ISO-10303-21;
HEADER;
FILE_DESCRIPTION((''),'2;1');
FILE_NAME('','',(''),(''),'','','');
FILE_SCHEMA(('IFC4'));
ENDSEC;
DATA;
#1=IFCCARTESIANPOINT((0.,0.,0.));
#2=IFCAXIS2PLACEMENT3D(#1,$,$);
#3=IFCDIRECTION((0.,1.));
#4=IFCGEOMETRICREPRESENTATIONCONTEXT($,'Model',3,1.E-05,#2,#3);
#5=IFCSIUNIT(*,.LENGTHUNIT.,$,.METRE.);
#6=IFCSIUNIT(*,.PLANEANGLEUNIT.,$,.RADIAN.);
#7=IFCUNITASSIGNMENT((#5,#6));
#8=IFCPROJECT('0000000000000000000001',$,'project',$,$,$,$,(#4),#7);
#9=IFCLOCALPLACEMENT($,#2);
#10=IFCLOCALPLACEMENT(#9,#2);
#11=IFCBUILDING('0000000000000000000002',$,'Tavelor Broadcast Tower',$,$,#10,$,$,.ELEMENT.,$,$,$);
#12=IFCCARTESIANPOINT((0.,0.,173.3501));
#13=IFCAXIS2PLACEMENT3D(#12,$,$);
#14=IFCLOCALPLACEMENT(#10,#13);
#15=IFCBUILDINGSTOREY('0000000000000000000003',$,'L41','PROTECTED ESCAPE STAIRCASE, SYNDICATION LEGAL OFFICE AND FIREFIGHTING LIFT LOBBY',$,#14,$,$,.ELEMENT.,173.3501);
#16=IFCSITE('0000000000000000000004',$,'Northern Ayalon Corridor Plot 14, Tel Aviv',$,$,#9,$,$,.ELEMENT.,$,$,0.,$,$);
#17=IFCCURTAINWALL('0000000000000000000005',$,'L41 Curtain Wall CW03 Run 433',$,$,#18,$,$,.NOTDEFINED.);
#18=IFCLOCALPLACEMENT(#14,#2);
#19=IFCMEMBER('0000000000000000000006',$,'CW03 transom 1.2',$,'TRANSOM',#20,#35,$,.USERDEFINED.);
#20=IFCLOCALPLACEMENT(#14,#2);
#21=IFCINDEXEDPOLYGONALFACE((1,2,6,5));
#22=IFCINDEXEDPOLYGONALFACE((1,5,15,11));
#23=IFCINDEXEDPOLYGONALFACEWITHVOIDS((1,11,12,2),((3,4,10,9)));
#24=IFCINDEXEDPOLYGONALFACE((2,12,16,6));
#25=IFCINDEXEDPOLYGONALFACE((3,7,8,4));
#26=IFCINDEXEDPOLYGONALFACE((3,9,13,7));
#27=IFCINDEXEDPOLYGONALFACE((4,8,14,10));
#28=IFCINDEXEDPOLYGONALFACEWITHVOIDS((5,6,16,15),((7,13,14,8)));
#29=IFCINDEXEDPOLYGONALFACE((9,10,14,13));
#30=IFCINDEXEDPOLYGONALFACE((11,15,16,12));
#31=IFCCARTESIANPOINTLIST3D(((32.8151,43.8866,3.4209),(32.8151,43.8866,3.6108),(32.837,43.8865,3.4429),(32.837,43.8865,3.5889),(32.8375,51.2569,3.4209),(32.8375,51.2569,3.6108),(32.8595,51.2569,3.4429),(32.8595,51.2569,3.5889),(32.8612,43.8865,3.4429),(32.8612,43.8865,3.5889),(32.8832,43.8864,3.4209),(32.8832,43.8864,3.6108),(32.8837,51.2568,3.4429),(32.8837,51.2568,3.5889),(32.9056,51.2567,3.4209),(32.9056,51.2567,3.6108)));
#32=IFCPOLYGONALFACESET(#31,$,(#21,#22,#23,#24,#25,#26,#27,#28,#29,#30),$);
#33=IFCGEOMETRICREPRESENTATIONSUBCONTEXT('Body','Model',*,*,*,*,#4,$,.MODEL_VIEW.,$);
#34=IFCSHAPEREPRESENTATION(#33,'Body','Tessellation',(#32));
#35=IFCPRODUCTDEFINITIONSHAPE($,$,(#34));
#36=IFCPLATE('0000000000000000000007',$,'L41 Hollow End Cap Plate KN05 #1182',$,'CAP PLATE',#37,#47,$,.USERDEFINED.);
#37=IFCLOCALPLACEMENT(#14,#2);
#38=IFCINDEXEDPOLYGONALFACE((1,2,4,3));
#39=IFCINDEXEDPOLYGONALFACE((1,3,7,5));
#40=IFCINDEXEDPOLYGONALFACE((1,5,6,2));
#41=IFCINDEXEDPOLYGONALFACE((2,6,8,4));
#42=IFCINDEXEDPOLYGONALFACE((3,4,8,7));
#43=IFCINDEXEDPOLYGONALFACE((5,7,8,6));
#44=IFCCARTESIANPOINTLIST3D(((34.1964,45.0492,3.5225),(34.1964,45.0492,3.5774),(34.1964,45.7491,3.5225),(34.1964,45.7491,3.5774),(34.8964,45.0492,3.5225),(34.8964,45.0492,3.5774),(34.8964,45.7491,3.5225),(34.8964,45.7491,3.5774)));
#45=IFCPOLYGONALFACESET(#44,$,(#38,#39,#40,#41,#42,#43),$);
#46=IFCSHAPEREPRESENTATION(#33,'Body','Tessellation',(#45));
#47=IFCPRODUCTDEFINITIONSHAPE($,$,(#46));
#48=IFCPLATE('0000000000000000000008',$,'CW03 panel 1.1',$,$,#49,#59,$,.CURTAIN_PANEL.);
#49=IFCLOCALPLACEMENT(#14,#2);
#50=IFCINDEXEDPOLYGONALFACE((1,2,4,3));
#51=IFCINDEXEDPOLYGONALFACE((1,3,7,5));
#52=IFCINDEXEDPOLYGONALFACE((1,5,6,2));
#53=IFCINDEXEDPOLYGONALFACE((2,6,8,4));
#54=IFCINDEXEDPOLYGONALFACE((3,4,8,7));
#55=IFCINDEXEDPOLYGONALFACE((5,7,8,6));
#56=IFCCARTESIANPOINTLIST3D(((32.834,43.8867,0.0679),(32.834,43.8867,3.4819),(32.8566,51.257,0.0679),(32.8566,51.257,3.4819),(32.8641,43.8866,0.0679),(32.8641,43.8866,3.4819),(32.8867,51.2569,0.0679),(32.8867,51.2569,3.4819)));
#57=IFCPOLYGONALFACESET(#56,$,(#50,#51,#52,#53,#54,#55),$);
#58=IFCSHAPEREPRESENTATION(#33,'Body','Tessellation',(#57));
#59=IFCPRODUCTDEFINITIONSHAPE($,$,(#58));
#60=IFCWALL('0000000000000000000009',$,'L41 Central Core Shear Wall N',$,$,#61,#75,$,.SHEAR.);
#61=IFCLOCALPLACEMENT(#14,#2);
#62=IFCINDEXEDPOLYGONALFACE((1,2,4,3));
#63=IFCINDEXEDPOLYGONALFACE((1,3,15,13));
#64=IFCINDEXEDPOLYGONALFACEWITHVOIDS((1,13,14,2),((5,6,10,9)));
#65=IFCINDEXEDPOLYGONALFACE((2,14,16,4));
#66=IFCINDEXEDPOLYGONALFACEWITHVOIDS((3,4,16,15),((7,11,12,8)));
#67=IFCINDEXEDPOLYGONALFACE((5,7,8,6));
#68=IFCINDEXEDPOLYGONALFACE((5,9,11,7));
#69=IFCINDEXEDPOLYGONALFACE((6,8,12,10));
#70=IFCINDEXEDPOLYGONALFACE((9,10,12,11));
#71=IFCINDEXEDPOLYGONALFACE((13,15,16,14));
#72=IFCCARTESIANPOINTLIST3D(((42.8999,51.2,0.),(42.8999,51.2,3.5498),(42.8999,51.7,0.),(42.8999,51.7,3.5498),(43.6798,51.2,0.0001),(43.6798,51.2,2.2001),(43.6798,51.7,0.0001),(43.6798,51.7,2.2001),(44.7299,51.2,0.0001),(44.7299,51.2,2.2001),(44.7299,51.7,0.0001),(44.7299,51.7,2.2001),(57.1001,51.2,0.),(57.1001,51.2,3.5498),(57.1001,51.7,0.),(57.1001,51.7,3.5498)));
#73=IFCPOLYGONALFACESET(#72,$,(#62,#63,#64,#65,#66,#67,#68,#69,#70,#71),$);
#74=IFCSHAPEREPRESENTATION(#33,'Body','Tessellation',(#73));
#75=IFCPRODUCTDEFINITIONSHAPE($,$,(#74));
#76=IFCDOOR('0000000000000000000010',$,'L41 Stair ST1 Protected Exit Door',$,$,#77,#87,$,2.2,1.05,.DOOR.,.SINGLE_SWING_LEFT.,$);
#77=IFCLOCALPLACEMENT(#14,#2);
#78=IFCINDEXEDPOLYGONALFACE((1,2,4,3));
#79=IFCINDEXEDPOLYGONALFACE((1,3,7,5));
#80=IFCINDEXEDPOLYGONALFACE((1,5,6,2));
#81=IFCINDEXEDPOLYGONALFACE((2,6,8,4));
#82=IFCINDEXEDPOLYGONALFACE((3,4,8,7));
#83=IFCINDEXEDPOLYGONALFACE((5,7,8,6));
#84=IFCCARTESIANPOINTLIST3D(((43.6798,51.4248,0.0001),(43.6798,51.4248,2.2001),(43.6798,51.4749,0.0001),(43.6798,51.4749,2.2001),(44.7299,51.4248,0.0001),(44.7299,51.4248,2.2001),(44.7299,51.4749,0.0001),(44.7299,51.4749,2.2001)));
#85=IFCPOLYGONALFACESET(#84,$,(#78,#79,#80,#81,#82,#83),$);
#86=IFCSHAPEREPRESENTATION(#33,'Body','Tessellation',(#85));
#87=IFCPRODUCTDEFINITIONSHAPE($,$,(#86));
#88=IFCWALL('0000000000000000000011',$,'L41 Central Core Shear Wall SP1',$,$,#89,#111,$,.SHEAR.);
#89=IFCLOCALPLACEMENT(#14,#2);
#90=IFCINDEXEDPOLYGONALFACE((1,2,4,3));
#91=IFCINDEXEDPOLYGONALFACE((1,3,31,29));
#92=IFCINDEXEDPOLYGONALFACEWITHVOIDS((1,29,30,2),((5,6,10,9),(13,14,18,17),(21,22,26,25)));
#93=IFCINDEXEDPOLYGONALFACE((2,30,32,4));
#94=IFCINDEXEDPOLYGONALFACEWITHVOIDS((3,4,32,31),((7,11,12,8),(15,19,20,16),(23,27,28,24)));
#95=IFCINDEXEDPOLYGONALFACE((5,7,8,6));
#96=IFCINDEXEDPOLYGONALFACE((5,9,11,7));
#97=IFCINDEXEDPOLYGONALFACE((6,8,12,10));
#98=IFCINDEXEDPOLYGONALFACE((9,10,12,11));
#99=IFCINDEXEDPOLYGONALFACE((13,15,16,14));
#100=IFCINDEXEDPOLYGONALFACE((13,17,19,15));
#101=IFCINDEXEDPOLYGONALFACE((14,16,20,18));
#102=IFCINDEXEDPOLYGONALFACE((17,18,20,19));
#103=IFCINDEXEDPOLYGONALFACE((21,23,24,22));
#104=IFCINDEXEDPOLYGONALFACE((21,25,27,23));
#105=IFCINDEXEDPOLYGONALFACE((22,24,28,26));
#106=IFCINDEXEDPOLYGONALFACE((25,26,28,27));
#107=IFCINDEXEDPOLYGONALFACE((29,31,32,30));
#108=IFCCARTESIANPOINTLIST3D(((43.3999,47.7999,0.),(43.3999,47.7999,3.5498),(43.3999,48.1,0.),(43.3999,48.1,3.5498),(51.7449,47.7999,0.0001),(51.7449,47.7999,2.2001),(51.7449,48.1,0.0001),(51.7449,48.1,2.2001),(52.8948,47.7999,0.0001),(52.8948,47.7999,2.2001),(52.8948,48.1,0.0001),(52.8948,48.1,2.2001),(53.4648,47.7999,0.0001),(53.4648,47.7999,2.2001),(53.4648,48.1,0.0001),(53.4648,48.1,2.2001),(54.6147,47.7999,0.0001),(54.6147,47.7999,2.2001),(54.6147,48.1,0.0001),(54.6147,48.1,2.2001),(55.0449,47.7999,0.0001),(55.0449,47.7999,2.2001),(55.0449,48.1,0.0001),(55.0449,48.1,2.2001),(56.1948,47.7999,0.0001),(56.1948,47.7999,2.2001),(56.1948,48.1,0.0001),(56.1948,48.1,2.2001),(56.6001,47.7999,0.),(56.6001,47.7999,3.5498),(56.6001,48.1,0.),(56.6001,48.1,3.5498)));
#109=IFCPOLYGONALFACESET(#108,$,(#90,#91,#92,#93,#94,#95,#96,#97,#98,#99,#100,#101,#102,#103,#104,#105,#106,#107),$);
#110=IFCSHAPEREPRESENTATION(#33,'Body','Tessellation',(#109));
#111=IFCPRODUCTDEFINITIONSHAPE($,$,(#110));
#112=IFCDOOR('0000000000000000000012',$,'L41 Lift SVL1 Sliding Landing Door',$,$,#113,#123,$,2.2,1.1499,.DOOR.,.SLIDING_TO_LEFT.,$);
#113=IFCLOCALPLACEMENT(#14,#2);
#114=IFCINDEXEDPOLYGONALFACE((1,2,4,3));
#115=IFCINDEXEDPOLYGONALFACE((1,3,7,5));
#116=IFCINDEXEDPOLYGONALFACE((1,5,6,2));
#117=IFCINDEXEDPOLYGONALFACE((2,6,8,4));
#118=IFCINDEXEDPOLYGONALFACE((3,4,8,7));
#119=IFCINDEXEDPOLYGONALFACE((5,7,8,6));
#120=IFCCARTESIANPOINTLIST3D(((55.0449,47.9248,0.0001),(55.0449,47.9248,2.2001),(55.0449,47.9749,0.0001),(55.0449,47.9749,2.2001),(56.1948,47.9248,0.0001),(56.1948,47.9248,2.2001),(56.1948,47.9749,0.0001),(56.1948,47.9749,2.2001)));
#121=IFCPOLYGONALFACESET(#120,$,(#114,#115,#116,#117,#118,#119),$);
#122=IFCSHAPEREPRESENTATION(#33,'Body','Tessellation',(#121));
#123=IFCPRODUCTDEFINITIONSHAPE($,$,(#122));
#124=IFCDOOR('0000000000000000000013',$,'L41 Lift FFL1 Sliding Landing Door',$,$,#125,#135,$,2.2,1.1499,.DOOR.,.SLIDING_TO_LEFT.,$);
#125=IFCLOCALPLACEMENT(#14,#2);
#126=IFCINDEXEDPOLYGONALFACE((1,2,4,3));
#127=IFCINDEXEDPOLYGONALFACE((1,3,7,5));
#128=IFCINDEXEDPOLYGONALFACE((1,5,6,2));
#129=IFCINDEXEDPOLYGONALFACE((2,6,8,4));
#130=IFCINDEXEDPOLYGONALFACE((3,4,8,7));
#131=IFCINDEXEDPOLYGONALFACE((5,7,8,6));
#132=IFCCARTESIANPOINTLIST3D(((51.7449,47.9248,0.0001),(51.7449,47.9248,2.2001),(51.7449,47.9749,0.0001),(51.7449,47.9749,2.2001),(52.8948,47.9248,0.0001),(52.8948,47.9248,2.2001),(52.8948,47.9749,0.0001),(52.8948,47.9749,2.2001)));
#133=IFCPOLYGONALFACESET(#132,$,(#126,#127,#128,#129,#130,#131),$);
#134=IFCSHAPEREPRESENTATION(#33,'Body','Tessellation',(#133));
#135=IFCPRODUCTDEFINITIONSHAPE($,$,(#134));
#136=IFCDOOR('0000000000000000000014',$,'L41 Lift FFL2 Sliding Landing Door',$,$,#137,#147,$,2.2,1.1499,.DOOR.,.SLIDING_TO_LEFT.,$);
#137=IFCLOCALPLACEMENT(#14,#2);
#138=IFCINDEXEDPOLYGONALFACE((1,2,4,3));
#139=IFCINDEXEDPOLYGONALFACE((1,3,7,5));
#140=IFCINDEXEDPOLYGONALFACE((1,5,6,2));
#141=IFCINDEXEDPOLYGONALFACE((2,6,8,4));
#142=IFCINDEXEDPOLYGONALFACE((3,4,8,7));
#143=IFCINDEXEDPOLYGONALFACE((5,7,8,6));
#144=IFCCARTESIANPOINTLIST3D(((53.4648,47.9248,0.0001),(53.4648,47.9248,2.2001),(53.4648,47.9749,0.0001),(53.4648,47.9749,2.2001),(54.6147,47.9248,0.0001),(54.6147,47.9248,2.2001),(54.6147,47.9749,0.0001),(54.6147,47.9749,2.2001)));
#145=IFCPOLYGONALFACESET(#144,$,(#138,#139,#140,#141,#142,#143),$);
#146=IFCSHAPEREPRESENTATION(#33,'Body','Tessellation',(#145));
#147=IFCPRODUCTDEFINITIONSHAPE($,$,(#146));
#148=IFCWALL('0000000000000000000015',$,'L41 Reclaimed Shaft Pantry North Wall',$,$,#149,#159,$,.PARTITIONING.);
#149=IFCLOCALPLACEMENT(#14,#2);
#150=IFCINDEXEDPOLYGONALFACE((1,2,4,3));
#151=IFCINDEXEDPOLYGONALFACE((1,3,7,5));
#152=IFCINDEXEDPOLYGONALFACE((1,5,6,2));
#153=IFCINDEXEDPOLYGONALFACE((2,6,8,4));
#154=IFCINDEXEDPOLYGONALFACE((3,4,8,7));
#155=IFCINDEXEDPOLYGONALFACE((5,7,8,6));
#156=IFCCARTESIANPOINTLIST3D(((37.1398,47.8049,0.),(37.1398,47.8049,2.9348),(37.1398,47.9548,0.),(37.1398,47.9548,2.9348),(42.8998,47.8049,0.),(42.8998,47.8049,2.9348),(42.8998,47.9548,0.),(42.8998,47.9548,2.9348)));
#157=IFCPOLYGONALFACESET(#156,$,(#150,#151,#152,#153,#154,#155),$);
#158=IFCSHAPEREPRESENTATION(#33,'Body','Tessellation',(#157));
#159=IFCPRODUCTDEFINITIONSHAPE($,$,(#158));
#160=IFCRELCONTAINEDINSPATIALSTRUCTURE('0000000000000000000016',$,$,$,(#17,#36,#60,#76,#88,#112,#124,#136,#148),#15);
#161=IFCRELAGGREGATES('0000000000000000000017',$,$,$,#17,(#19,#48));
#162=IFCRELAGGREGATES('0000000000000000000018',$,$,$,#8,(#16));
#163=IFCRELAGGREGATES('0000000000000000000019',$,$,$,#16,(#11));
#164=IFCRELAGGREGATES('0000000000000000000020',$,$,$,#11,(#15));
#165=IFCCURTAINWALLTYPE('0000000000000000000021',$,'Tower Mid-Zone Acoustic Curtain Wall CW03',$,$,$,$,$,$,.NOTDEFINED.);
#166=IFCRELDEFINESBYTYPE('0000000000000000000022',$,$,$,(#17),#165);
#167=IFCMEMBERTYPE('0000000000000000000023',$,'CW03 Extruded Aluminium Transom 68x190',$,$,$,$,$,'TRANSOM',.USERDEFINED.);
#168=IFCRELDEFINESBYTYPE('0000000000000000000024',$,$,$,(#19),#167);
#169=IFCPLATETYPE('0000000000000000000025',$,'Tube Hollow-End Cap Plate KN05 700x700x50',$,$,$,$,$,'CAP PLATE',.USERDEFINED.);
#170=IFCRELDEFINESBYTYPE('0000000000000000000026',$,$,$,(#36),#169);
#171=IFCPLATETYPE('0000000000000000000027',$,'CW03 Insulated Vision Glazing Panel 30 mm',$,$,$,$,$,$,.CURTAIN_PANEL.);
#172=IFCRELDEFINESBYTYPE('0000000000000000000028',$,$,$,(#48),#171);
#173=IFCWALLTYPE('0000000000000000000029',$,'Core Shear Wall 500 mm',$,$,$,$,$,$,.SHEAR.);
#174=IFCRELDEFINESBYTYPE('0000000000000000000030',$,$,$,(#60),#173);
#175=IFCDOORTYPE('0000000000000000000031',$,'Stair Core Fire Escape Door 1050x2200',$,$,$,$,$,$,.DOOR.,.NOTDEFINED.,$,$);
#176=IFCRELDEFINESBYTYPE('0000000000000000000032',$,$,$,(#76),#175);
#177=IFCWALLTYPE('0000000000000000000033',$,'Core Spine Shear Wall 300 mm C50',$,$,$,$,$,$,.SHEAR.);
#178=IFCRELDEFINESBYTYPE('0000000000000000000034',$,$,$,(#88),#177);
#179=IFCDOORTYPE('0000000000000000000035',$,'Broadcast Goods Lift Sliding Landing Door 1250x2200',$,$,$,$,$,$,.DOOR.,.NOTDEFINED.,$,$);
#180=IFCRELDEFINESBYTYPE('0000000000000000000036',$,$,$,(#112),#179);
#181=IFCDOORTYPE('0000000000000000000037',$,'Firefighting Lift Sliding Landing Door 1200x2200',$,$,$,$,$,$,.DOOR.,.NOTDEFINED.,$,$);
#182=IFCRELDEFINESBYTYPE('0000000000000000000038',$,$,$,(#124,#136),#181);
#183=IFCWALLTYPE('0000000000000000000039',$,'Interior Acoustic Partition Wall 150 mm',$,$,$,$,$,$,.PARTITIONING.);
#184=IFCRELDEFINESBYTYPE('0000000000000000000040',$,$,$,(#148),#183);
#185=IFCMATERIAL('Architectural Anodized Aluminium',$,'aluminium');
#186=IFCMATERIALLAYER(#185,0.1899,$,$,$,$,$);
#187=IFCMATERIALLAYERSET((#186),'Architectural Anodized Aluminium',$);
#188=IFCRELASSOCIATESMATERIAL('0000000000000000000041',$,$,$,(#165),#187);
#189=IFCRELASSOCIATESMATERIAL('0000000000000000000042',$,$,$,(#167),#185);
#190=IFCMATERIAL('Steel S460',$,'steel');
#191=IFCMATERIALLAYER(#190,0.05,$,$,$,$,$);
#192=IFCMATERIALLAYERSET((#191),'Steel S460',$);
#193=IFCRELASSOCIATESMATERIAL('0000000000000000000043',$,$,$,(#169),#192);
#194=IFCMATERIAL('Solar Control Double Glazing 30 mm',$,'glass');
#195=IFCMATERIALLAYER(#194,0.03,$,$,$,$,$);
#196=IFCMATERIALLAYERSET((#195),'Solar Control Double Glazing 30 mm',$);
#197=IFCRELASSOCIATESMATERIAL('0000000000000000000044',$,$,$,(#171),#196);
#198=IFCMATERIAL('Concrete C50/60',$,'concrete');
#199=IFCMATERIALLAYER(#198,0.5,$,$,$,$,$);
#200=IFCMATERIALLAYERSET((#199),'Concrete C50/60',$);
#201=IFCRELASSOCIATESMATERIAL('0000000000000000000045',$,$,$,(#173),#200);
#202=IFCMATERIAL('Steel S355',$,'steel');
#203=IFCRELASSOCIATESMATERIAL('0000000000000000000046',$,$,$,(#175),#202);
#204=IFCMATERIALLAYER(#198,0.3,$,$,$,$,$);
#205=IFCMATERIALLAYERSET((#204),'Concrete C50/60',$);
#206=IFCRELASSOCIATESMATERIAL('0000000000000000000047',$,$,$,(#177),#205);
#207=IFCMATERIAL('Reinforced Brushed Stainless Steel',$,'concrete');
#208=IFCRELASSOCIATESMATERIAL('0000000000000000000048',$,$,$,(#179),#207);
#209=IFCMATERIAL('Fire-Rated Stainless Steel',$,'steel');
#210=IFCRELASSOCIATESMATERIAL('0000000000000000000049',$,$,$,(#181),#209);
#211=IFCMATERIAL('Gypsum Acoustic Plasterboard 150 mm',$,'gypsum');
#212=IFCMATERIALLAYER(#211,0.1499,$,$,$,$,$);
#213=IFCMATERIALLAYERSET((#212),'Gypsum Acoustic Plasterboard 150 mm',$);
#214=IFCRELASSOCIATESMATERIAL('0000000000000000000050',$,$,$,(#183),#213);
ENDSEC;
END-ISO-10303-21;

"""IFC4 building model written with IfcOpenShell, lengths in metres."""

from ifc_helpers import new_model, si_unit, direction, frame, frame_2d, origin, origin_2d, place, context, subcontext, project, spatial, rectangle, hollow_rectangle, extrude, source, transform, mapped, material, layer, layer_set, material_profile, profile_set, type_object, type_shapes, element, fill, aggregate, save


model = new_model("IFC4")

# Units and contexts
model_context = context("Model", 3, precision=1e-05, world=origin(), true_north=direction((0.0, 1.0)))
body_context = subcontext(model_context, "Body", "Model", "MODEL_VIEW")
ifc_project = project(units=[si_unit("LENGTHUNIT", "METRE"), si_unit("PLANEANGLEUNIT", "RADIAN")], contexts=[model_context])

# Site, building, storey
site_placement = place(None, origin())
site = spatial("IfcSite", under=ifc_project, at=site_placement, Name="Northern Ayalon Corridor Plot 14, Tel Aviv", CompositionType="ELEMENT", RefElevation=0.0)
building_placement = place(site_placement, origin())
building = spatial("IfcBuilding", under=site, at=building_placement, Name="Tavelor Broadcast Tower", CompositionType="ELEMENT")
storey_placement = place(building_placement, frame((0.0, 0.0, 173.3501)))
storey = spatial("IfcBuildingStorey", under=building, at=storey_placement, Name="L41", Description="PROTECTED ESCAPE STAIRCASE, SYNDICATION LEGAL OFFICE AND FIREFIGHTING LIFT LOBBY", CompositionType="ELEMENT", Elevation=173.3501)

# Shared definitions
ifc_material_1 = material(Name="Concrete C50/60", Category="concrete")
ifc_material_2 = material(Name="Steel S460", Category="steel")

# Shared definitions
ifc_material_3 = material(Name="Steel S355", Category="steel")

# Curtain wall, member
ifc_material_4 = material(Name="Architectural Anodized Aluminium", Category="aluminium")
ifc_layer_1 = layer(ifc_material_4, 0.1899)
ifc_layer_set_1 = layer_set([ifc_layer_1], Name="Architectural Anodized Aluminium")
curtain_wall_type = type_object("IfcCurtainWallType", Name="Tower Mid-Zone Acoustic Curtain Wall CW03", PredefinedType="NOTDEFINED", material=ifc_layer_set_1)
curtain_wall_placement = place(storey_placement, origin())
curtain_wall = element("IfcCurtainWall", 1, at=curtain_wall_placement, inside=storey, type_object=curtain_wall_type, Name="L41 Curtain Wall CW03 Run 433", PredefinedType="NOTDEFINED")
ifc_material_profile_1 = material_profile(ifc_material_4, hollow_rectangle(XDim=0.0681, YDim=0.1899, WallThickness=0.022, at=origin_2d()), Name="RHS 68x190x22")
ifc_profile_set_1 = profile_set([ifc_material_profile_1], Name="Architectural Anodized Aluminium")
member_type_1 = type_object("IfcMemberType", Name="CW03 Extruded Aluminium Transom 68x190", ElementType="TRANSOM", PredefinedType="USERDEFINED", material=ifc_profile_set_1)
shared_shape_1 = source(origin(), body_context, "Body", "SweptSolid", [
    extrude(hollow_rectangle(XDim=0.0681, YDim=0.1899, WallThickness=0.022, at=origin_2d()), origin(), (0.0, 0.0, 1.0), 7.3704),
])
type_shapes(member_type_1, [shared_shape_1])
member_1_placement = place(storey_placement, frame((32.8716, 51.2568, 3.5159), z_axis=(-0.003047, -0.999995, 0.0), x_axis=(0.999995, -0.003047, 0.0)))
member_1 = element("IfcMember", 2, at=member_1_placement, type_object=member_type_1, Name="CW03 transom 1.2", ObjectType="TRANSOM", PredefinedType="USERDEFINED", context=body_context, shape_type="MappedRepresentation", body=[
    mapped(shared_shape_1, transform((0.0, 0.0, 0.0), scale=1.0)),
])

# Plates
ifc_layer_2 = layer(ifc_material_2, 0.05)
ifc_layer_set_2 = layer_set([ifc_layer_2], Name="Steel S460")
plate_type_1 = type_object("IfcPlateType", Name="Tube Hollow-End Cap Plate KN05 700x700x50", ElementType="CAP PLATE", PredefinedType="USERDEFINED", material=ifc_layer_set_2)
shared_shape_2 = source(origin(), body_context, "Body", "SweptSolid", [
    extrude(rectangle(XDim=0.7, YDim=0.7, at=origin_2d()), origin(), (0.0, 0.0, 1.0), 0.0549),
])
type_shapes(plate_type_1, [shared_shape_2])
plate_1_placement = place(storey_placement, frame((34.5464, 45.3992, 3.5225), z_axis=(0.0, 0.0, 1.0), x_axis=(1.0, 0.0, 0.0)))
element("IfcPlate", 3, at=plate_1_placement, inside=storey, type_object=plate_type_1, Name="L41 Hollow End Cap Plate KN05 #1182", ObjectType="CAP PLATE", PredefinedType="USERDEFINED", context=body_context, shape_type="MappedRepresentation", body=[
    mapped(shared_shape_2, transform((0.0, 0.0, 0.0), scale=1.0)),
])
ifc_material_5 = material(Name="Solar Control Double Glazing 30 mm", Category="glass")
ifc_layer_3 = layer(ifc_material_5, 0.03)
ifc_layer_set_3 = layer_set([ifc_layer_3], Name="Solar Control Double Glazing 30 mm")
plate_type_2 = type_object("IfcPlateType", Name="CW03 Insulated Vision Glazing Panel 30 mm", PredefinedType="CURTAIN_PANEL", material=ifc_layer_set_3)
shared_shape_3 = source(origin(), body_context, "Body", "SweptSolid", [
    extrude(rectangle(XDim=7.3704, YDim=0.03, at=origin_2d()), origin(), (0.0, 0.0, 1.0), 3.4141),
])
type_shapes(plate_type_2, [shared_shape_3])
plate_2_placement = place(storey_placement, frame((32.8604, 47.5718, 0.0679), z_axis=(0.0, 0.0, 1.0), x_axis=(-0.003064, -0.999995, 0.0)))
plate_2 = element("IfcPlate", 4, at=plate_2_placement, type_object=plate_type_2, Name="CW03 panel 1.1", PredefinedType="CURTAIN_PANEL", context=body_context, shape_type="MappedRepresentation", body=[
    mapped(shared_shape_3, transform((0.0, 0.0, 0.0), scale=1.0)),
])
aggregate(curtain_wall, [member_1, plate_2])

# Wall, opening, door
ifc_layer_4 = layer(ifc_material_1, 0.5)
ifc_layer_set_4 = layer_set([ifc_layer_4], Name="Concrete C50/60")
wall_type_1 = type_object("IfcWallType", Name="Core Shear Wall 500 mm", PredefinedType="SHEAR", material=ifc_layer_set_4)
wall_1_placement = place(storey_placement, frame((42.8999, 51.45, 0.0), z_axis=(0.0, 0.0, 1.0), x_axis=(1.0, 0.0, 0.0)))
wall_1 = element("IfcWall", 5, at=wall_1_placement, inside=storey, type_object=wall_type_1, Name="L41 Central Core Shear Wall N", PredefinedType="SHEAR", context=body_context, shape_type="SweptSolid", body=[
    extrude(rectangle(XDim=14.2002, YDim=0.5, at=frame_2d((7.1001, 0.0))), origin(), (0.0, 0.0, 1.0), 3.5498),
])
opening_1_placement = place(wall_1_placement, frame((0.78, 0.0, 0.0)))
opening_1 = element("IfcOpeningElement", 6, at=opening_1_placement, cuts=wall_1, PredefinedType="OPENING", context=body_context, shape_type="SweptSolid", body=[
    extrude(rectangle(XDim=1.05, YDim=2.2, at=frame_2d((0.5249, 1.1001))), frame((0.0, 0.26, 0.0), z_axis=(0.0, -1.0, 0.0), x_axis=(1.0, 0.0, 0.0)), (0.0, 0.0, 1.0), 0.52),
])
door_type_1 = type_object("IfcDoorType", Name="Stair Core Fire Escape Door 1050x2200", OperationType="NOTDEFINED", PredefinedType="DOOR", material=ifc_material_3)
door_1_placement = place(opening_1_placement, origin())
door_1 = element("IfcDoor", 7, at=door_1_placement, inside=storey, type_object=door_type_1, Name="L41 Stair ST1 Protected Exit Door", OperationType="SINGLE_SWING_LEFT", OverallHeight=2.2, OverallWidth=1.05, PredefinedType="DOOR", context=body_context, shape_type="SweptSolid", body=[
    extrude(rectangle(XDim=1.05, YDim=2.2, at=frame_2d((0.5249, 1.1001))), frame((0.0, 0.0249, 0.0), z_axis=(0.0, -1.0, 0.0), x_axis=(1.0, 0.0, 0.0)), (0.0, 0.0, 1.0), 0.05),
])
fill(opening_1, door_1)

# Wall, openings, doors
ifc_layer_5 = layer(ifc_material_1, 0.3)
ifc_layer_set_5 = layer_set([ifc_layer_5], Name="Concrete C50/60")
wall_type_2 = type_object("IfcWallType", Name="Core Spine Shear Wall 300 mm C50", PredefinedType="SHEAR", material=ifc_layer_set_5)
wall_2_placement = place(storey_placement, frame((43.3999, 47.95, 0.0), z_axis=(0.0, 0.0, 1.0), x_axis=(1.0, 0.0, 0.0)))
wall_2 = element("IfcWall", 8, at=wall_2_placement, inside=storey, type_object=wall_type_2, Name="L41 Central Core Shear Wall SP1", PredefinedType="SHEAR", context=body_context, shape_type="SweptSolid", body=[
    extrude(rectangle(XDim=13.2002, YDim=0.3, at=frame_2d((6.6001, 0.0))), origin(), (0.0, 0.0, 1.0), 3.5498),
])
opening_2_placement = place(wall_2_placement, frame((8.345, 0.0, 0.0)))
opening_2 = element("IfcOpeningElement", 9, at=opening_2_placement, cuts=wall_2, PredefinedType="OPENING", context=body_context, shape_type="SweptSolid", body=[
    extrude(rectangle(XDim=1.1499, YDim=2.2, at=frame_2d((0.575, 1.1001))), frame((0.0, 0.1602, 0.0), z_axis=(0.0, -1.0, 0.0), x_axis=(1.0, 0.0, 0.0)), (0.0, 0.0, 1.0), 0.3201),
])
opening_3_placement = place(wall_2_placement, frame((10.0649, 0.0, 0.0)))
opening_3 = element("IfcOpeningElement", 10, at=opening_3_placement, cuts=wall_2, PredefinedType="OPENING", context=body_context, shape_type="SweptSolid", body=[
    extrude(rectangle(XDim=1.1499, YDim=2.2, at=frame_2d((0.575, 1.1001))), frame((0.0, 0.1602, 0.0), z_axis=(0.0, -1.0, 0.0), x_axis=(1.0, 0.0, 0.0)), (0.0, 0.0, 1.0), 0.3201),
])
opening_4_placement = place(wall_2_placement, frame((11.645, 0.0, 0.0)))
opening_4 = element("IfcOpeningElement", 11, at=opening_4_placement, cuts=wall_2, PredefinedType="OPENING", context=body_context, shape_type="SweptSolid", body=[
    extrude(rectangle(XDim=1.1499, YDim=2.2, at=frame_2d((0.575, 1.1001))), frame((0.0, 0.1602, 0.0), z_axis=(0.0, -1.0, 0.0), x_axis=(1.0, 0.0, 0.0)), (0.0, 0.0, 1.0), 0.3201),
])
ifc_material_6 = material(Name="Reinforced Brushed Stainless Steel", Category="concrete")
door_type_2 = type_object("IfcDoorType", Name="Broadcast Goods Lift Sliding Landing Door 1250x2200", OperationType="NOTDEFINED", PredefinedType="DOOR", material=ifc_material_6)
door_2_placement = place(opening_4_placement, origin())
door_2 = element("IfcDoor", 12, at=door_2_placement, inside=storey, type_object=door_type_2, Name="L41 Lift SVL1 Sliding Landing Door", OperationType="SLIDING_TO_LEFT", OverallHeight=2.2, OverallWidth=1.1499, PredefinedType="DOOR", context=body_context, shape_type="SweptSolid", body=[
    extrude(rectangle(XDim=1.1499, YDim=2.2, at=frame_2d((0.575, 1.1001))), frame((0.0, 0.0249, 0.0), z_axis=(0.0, -1.0, 0.0), x_axis=(1.0, 0.0, 0.0)), (0.0, 0.0, 1.0), 0.05),
])
fill(opening_4, door_2)
ifc_material_7 = material(Name="Fire-Rated Stainless Steel", Category="steel")
door_type_3 = type_object("IfcDoorType", Name="Firefighting Lift Sliding Landing Door 1200x2200", OperationType="NOTDEFINED", PredefinedType="DOOR", material=ifc_material_7)
door_3_placement = place(opening_2_placement, origin())
door_3 = element("IfcDoor", 13, at=door_3_placement, inside=storey, type_object=door_type_3, Name="L41 Lift FFL1 Sliding Landing Door", OperationType="SLIDING_TO_LEFT", OverallHeight=2.2, OverallWidth=1.1499, PredefinedType="DOOR", context=body_context, shape_type="SweptSolid", body=[
    extrude(rectangle(XDim=1.1499, YDim=2.2, at=frame_2d((0.575, 1.1001))), frame((0.0, 0.0249, 0.0), z_axis=(0.0, -1.0, 0.0), x_axis=(1.0, 0.0, 0.0)), (0.0, 0.0, 1.0), 0.05),
])
fill(opening_2, door_3)
door_4_placement = place(opening_3_placement, origin())
door_4 = element("IfcDoor", 14, at=door_4_placement, inside=storey, type_object=door_type_3, Name="L41 Lift FFL2 Sliding Landing Door", OperationType="SLIDING_TO_LEFT", OverallHeight=2.2, OverallWidth=1.1499, PredefinedType="DOOR", context=body_context, shape_type="SweptSolid", body=[
    extrude(rectangle(XDim=1.1499, YDim=2.2, at=frame_2d((0.575, 1.1001))), frame((0.0, 0.0249, 0.0), z_axis=(0.0, -1.0, 0.0), x_axis=(1.0, 0.0, 0.0)), (0.0, 0.0, 1.0), 0.05),
])
fill(opening_3, door_4)

# Wall
ifc_material_8 = material(Name="Gypsum Acoustic Plasterboard 150 mm", Category="gypsum")
ifc_layer_6 = layer(ifc_material_8, 0.1499)
ifc_layer_set_6 = layer_set([ifc_layer_6], Name="Gypsum Acoustic Plasterboard 150 mm")
wall_type_3 = type_object("IfcWallType", Name="Interior Acoustic Partition Wall 150 mm", PredefinedType="PARTITIONING", material=ifc_layer_set_6)
wall_3_placement = place(storey_placement, frame((37.1399, 47.8799, 0.0), z_axis=(0.0, 0.0, 1.0), x_axis=(1.0, 0.0, 0.0)))
element("IfcWall", 15, at=wall_3_placement, inside=storey, type_object=wall_type_3, Name="L41 Reclaimed Shaft Pantry North Wall", PredefinedType="PARTITIONING", context=body_context, shape_type="SweptSolid", body=[
    extrude(rectangle(XDim=5.76, YDim=0.1499, at=frame_2d((2.8799, 0.0))), origin(), (0.0, 0.0, 1.0), 2.9348),
])

save(model, "model.ifc")
